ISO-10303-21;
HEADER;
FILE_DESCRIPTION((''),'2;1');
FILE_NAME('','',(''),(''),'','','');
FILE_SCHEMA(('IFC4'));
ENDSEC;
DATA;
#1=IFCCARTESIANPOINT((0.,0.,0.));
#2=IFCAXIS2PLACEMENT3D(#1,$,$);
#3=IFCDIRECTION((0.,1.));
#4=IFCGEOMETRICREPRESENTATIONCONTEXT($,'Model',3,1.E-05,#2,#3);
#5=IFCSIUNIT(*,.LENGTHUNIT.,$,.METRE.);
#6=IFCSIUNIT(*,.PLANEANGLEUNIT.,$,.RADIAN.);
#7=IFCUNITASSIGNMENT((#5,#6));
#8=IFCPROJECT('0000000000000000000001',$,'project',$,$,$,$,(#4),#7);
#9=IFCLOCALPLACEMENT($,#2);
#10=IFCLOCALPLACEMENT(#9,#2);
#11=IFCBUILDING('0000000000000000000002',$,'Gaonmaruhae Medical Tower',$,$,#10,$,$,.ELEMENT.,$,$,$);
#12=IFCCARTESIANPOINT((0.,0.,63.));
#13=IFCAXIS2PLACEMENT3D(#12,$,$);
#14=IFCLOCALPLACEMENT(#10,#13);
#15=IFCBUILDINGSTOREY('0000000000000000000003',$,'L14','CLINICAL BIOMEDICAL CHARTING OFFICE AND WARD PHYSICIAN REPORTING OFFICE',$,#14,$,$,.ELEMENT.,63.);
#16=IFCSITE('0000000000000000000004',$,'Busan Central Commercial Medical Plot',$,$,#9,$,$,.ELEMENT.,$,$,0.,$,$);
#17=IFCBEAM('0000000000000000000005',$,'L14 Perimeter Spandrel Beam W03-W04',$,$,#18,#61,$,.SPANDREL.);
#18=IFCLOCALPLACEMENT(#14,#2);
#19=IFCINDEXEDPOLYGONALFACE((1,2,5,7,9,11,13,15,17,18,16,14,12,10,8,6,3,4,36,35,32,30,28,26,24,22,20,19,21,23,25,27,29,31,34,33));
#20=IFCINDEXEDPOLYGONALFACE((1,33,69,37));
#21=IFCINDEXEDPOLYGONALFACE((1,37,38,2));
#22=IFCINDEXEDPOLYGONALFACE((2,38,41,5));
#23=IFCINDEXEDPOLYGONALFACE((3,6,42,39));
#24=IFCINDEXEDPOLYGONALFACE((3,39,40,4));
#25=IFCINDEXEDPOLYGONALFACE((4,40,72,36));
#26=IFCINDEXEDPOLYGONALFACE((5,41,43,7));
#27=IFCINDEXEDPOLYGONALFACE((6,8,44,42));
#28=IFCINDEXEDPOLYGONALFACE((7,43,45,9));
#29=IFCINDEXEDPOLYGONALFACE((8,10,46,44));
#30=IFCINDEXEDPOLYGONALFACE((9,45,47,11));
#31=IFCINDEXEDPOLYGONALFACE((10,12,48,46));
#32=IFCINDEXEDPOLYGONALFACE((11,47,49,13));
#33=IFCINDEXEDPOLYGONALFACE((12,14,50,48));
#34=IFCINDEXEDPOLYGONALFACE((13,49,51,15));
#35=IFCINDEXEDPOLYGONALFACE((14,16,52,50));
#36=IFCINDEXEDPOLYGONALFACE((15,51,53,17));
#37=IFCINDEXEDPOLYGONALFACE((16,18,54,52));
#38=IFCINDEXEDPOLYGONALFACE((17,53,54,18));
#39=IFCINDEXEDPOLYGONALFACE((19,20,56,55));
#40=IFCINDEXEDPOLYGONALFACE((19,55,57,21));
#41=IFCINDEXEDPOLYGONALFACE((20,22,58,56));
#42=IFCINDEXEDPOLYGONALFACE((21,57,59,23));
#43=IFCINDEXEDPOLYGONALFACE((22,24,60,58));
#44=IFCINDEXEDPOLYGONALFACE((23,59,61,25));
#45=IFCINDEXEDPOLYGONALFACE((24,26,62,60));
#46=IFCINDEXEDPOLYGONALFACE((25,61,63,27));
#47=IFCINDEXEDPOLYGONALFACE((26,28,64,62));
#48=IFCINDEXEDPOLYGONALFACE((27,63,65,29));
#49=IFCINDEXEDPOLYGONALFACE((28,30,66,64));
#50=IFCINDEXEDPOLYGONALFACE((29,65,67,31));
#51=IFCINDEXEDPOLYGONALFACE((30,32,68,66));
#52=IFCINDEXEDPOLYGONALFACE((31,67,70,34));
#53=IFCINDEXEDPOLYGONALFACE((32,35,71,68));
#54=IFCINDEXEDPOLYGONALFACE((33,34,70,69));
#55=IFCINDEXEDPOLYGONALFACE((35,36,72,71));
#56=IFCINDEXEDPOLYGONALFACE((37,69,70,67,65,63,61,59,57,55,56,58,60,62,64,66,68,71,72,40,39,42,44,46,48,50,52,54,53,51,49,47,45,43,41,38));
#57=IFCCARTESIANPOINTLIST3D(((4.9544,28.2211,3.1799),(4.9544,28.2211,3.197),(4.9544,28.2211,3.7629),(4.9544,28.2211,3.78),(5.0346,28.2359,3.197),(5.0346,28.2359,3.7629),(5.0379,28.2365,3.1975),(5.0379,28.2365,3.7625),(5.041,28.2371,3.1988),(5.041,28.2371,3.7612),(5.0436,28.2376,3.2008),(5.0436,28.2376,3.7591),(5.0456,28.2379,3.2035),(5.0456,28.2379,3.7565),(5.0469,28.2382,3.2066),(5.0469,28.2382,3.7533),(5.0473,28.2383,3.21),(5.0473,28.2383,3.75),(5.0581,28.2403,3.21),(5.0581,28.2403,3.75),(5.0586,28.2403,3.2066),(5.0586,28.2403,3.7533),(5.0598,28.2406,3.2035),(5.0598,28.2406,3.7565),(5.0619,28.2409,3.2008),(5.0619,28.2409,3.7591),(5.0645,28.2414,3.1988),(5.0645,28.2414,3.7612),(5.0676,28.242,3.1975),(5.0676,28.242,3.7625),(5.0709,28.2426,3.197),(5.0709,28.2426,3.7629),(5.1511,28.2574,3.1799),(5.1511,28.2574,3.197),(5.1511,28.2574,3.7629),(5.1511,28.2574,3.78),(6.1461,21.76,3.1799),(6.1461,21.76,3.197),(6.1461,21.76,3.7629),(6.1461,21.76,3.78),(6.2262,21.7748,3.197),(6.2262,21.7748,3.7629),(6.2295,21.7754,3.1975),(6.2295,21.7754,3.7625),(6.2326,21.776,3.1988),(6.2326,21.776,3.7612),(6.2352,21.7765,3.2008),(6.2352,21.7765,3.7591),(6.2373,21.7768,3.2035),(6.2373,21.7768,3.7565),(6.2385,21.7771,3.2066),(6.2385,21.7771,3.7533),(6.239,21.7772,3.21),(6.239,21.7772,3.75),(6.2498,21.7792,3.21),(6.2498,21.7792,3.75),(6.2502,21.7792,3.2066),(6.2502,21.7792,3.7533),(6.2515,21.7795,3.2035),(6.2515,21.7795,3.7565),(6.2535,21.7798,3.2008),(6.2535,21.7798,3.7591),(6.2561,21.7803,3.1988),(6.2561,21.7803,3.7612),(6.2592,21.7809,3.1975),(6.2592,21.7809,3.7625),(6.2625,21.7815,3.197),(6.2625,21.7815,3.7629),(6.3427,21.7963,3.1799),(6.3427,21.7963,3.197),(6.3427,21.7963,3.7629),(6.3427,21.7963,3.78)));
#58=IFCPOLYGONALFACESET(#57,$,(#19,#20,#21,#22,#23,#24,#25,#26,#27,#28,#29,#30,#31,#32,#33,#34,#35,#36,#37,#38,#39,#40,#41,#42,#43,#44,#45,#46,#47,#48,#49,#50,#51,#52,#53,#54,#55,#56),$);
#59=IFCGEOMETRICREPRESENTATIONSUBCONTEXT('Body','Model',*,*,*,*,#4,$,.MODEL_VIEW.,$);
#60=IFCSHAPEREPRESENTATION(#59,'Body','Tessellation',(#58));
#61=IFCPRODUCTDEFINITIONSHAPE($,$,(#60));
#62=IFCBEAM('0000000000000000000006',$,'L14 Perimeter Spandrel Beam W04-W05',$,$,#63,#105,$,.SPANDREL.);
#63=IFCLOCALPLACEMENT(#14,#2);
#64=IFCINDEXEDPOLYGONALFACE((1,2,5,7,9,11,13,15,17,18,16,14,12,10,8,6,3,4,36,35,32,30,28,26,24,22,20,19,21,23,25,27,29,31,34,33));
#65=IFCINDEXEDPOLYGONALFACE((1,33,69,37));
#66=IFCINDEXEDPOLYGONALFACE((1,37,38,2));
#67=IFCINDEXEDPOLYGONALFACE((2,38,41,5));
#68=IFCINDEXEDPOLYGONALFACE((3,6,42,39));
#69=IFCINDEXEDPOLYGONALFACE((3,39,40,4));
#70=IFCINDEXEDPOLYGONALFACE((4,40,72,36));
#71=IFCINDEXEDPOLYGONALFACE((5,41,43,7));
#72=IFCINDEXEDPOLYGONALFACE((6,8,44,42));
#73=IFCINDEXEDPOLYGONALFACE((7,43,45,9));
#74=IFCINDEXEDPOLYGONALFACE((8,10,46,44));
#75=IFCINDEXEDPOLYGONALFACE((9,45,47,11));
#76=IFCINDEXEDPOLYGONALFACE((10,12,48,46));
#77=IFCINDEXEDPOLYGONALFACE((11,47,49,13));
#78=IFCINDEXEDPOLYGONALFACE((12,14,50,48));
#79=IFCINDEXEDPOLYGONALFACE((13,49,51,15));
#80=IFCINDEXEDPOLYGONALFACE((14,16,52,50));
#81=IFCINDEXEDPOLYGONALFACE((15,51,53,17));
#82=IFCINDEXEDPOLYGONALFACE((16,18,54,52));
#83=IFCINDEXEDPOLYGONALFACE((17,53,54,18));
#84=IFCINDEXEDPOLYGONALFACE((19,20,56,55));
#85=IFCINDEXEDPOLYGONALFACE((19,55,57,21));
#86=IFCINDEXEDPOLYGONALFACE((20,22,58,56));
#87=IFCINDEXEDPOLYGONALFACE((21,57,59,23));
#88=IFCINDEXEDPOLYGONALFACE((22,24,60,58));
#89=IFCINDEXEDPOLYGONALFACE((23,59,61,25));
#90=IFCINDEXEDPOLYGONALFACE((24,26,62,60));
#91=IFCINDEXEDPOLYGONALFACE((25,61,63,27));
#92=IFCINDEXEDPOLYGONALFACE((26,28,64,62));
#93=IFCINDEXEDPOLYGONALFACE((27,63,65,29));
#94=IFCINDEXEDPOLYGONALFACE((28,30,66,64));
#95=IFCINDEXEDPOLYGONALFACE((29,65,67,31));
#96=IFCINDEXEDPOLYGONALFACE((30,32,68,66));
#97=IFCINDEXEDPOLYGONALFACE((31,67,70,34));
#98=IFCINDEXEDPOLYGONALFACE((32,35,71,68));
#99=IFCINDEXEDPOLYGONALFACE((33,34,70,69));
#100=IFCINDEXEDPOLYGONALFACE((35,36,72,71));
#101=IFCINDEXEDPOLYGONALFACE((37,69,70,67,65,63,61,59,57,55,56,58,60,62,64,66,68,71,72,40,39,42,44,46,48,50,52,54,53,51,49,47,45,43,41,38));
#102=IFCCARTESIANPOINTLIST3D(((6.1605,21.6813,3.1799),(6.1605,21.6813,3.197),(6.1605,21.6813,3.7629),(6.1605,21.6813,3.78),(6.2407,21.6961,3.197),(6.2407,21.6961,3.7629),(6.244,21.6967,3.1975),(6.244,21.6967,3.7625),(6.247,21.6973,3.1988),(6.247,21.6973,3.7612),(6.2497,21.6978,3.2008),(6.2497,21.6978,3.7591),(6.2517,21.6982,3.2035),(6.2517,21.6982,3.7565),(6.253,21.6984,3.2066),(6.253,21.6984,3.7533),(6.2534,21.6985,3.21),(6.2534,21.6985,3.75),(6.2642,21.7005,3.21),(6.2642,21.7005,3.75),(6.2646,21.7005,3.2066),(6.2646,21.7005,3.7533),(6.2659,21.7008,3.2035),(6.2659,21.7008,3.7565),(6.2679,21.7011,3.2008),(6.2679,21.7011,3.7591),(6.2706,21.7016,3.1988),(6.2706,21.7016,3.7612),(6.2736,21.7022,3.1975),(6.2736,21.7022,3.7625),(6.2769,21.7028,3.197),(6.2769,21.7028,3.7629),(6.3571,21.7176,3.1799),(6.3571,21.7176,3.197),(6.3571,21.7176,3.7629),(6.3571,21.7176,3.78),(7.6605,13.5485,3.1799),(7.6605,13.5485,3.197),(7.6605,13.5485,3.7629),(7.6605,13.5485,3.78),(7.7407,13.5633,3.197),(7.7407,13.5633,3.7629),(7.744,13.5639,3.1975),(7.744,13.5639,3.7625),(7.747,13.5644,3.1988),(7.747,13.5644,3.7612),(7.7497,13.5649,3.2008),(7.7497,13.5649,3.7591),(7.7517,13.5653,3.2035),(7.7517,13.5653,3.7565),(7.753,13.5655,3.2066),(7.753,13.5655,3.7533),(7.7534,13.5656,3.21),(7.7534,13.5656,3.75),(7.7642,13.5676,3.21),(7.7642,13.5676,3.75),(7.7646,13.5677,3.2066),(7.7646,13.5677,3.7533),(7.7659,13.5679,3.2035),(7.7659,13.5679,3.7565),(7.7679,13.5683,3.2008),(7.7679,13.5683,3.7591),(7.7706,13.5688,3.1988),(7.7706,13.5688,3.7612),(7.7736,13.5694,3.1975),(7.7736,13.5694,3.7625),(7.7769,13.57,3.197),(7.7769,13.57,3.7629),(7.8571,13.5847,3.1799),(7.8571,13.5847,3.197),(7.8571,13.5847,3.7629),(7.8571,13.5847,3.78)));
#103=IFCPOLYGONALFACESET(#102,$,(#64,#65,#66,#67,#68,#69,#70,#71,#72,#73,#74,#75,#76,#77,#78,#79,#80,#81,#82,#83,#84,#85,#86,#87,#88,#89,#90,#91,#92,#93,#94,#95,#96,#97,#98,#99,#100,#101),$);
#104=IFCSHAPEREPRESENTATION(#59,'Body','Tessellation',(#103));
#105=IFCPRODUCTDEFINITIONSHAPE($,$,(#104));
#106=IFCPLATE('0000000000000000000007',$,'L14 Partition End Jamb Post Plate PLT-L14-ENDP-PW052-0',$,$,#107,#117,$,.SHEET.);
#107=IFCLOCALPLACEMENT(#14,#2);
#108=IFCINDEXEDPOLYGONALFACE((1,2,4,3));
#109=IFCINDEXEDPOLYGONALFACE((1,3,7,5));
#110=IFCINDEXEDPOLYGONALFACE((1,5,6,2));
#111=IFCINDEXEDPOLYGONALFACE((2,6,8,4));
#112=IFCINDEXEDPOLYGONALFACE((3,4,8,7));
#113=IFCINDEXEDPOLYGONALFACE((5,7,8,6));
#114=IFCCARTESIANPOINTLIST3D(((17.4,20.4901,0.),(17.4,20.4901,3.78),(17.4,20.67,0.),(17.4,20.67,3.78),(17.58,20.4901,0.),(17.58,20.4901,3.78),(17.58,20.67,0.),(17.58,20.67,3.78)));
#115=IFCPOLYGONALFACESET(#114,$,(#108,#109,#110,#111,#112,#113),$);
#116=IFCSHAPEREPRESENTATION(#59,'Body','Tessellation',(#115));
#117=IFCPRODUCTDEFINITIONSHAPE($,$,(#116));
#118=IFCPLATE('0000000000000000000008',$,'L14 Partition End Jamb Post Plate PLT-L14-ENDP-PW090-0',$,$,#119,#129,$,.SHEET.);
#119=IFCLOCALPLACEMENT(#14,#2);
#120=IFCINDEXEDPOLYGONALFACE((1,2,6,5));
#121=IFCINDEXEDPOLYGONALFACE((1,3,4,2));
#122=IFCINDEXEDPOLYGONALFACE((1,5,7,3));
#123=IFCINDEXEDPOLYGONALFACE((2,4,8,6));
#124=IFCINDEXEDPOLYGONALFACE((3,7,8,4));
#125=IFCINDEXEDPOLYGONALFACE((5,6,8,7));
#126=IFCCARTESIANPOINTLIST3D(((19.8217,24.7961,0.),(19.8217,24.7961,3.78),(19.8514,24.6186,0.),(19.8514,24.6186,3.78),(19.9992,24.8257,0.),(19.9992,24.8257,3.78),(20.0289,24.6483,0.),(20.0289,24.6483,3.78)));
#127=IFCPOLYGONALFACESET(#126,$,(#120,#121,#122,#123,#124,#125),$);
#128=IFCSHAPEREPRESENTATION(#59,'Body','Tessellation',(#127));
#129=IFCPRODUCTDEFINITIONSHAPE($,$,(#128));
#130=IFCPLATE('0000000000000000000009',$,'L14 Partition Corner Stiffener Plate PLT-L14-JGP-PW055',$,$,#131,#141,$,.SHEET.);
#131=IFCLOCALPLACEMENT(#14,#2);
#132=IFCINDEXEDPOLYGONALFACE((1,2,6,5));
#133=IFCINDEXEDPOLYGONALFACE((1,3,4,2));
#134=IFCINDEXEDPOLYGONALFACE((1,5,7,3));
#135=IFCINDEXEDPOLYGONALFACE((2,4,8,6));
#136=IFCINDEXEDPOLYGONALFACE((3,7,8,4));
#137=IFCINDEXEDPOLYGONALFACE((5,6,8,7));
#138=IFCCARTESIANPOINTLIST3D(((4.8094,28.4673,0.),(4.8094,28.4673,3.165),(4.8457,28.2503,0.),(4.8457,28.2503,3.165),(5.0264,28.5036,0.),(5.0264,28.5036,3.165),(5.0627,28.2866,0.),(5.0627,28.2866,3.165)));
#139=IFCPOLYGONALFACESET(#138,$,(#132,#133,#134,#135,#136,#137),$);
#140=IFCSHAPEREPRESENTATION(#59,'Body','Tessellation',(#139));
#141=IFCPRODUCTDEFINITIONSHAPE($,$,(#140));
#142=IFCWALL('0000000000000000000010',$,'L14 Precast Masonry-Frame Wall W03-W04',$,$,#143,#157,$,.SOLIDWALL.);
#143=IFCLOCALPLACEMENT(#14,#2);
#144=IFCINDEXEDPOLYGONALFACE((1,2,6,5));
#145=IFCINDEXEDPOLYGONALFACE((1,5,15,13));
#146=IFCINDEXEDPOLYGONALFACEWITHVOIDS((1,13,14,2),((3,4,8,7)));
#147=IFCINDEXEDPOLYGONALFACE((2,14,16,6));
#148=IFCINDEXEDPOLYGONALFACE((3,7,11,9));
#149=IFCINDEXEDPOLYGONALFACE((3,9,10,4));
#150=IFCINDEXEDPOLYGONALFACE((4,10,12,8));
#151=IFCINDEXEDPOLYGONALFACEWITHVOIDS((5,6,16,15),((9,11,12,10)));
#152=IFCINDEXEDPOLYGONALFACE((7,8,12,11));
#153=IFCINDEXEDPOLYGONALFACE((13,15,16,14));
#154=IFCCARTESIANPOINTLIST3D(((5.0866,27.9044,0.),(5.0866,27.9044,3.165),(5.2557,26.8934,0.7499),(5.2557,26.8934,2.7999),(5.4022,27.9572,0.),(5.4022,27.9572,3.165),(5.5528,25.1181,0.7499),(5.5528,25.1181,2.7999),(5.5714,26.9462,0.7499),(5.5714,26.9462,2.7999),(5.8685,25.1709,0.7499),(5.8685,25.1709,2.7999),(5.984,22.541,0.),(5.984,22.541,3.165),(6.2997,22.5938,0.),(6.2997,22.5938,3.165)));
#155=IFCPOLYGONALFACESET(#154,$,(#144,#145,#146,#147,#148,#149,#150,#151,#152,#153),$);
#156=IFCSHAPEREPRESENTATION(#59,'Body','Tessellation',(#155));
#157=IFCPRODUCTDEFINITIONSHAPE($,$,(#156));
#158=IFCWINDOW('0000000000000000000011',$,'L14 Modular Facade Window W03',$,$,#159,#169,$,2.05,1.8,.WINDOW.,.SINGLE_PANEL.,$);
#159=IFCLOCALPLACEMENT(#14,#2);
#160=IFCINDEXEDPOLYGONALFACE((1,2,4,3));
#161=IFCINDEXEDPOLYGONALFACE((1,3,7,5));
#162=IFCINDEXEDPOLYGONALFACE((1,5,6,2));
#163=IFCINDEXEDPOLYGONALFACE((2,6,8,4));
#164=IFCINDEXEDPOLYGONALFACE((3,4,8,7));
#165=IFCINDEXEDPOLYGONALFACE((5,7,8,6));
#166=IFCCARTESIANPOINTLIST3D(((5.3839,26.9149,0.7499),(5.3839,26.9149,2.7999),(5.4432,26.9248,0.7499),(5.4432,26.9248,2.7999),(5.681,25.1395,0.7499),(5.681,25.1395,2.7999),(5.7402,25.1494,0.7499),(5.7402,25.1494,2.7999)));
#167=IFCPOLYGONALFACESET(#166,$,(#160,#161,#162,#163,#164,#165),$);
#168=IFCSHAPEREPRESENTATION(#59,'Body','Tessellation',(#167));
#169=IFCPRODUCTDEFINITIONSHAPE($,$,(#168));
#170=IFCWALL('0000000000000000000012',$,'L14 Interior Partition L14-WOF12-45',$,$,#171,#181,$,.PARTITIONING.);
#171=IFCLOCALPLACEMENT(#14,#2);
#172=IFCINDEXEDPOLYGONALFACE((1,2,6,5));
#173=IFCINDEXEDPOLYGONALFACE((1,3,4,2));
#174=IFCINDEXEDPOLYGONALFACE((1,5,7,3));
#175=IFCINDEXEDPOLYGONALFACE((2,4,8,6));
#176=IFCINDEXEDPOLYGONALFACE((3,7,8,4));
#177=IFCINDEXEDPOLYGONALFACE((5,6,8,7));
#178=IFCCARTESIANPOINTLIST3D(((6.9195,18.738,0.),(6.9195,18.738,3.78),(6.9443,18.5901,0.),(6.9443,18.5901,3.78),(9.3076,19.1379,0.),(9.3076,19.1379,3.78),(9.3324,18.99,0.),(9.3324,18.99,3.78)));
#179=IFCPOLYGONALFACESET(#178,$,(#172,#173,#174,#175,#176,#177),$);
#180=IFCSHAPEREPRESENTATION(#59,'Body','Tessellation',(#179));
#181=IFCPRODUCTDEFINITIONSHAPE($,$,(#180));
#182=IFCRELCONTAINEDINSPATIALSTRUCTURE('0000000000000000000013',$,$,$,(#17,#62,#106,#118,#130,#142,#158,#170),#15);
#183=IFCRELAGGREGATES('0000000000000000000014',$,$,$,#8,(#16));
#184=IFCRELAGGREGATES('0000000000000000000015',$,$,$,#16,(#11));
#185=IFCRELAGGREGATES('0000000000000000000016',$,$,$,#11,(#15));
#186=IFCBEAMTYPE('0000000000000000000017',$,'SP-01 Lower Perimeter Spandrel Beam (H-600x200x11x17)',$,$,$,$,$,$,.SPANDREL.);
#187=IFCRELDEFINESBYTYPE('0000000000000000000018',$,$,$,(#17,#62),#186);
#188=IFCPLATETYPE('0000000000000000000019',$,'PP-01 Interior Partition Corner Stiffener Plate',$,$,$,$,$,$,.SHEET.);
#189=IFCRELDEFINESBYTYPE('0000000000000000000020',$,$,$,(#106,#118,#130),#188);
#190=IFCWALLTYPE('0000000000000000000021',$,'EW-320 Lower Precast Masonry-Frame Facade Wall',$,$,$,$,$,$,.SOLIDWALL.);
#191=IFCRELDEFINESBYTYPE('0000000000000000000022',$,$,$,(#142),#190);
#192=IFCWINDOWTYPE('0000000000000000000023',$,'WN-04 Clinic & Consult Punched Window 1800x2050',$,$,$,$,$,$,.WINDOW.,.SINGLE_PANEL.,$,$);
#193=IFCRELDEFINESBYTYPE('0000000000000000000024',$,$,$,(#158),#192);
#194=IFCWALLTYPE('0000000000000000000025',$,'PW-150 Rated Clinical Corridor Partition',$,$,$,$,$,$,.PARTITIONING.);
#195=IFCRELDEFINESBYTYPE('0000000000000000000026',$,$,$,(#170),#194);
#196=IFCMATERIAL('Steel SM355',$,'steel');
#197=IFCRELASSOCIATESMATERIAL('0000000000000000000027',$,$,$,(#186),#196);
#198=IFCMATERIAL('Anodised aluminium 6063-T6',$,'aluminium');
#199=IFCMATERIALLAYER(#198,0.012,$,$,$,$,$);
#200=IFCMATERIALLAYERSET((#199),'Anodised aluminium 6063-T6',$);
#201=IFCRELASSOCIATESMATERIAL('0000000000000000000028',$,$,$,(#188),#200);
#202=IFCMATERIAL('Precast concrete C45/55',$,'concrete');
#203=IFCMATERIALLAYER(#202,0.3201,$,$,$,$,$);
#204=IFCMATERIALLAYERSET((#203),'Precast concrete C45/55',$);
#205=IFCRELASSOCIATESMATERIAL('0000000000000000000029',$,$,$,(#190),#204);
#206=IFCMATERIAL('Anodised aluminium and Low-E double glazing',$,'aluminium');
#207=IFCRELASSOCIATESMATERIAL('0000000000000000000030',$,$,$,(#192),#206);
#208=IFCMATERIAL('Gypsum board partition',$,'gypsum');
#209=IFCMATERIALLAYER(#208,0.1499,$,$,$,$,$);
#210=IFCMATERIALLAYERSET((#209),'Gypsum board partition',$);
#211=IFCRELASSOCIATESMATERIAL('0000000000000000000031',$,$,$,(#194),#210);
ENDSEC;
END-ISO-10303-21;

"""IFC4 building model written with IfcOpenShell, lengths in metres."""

from ifc_helpers import new_model, si_unit, direction, frame, frame_2d, origin, origin_2d, place, context, subcontext, project, spatial, rectangle, i_section, extrude, material, layer, layer_set, material_profile, profile_set, type_object, element, fill, save


model = new_model("IFC4")

# Units and contexts
model_context = context("Model", 3, precision=1e-05, world=origin(), true_north=direction((0.0, 1.0)))
body_context = subcontext(model_context, "Body", "Model", "MODEL_VIEW")
ifc_project = project(units=[si_unit("LENGTHUNIT", "METRE"), si_unit("PLANEANGLEUNIT", "RADIAN")], contexts=[model_context])

# Site, building, storey
site_placement = place(None, origin())
site = spatial("IfcSite", under=ifc_project, at=site_placement, Name="Busan Central Commercial Medical Plot", CompositionType="ELEMENT", RefElevation=0.0)
building_placement = place(site_placement, origin())
building = spatial("IfcBuilding", under=site, at=building_placement, Name="Gaonmaruhae Medical Tower", CompositionType="ELEMENT")
storey_placement = place(building_placement, frame((0.0, 0.0, 63.0)))
storey = spatial("IfcBuildingStorey", under=building, at=storey_placement, Name="L14", Description="CLINICAL BIOMEDICAL CHARTING OFFICE AND WARD PHYSICIAN REPORTING OFFICE", CompositionType="ELEMENT", Elevation=63.0)

# Beams
ifc_material_1 = material(Name="Steel SM355", Category="steel")
ifc_material_profile_1 = material_profile(ifc_material_1, i_section(OverallWidth=0.2, OverallDepth=0.6001, WebThickness=0.011, FlangeThickness=0.0171, FilletRadius=0.0129, at=origin_2d()), Name="H-600x200x11x17")
ifc_profile_set_1 = profile_set([ifc_material_profile_1], Name="Steel SM355")
beam_type_1 = type_object("IfcBeamType", Name="SP-01 Lower Perimeter Spandrel Beam (H-600x200x11x17)", PredefinedType="SPANDREL", material=ifc_profile_set_1)
beam_1_placement = place(storey_placement, frame((5.0527, 28.2393, 3.48), z_axis=(0.181373, -0.983414, 0.0), x_axis=(0.983414, 0.181373, 0.0)))
element("IfcBeam", 1, at=beam_1_placement, inside=storey, type_object=beam_type_1, Name="L14 Perimeter Spandrel Beam W03-W04", PredefinedType="SPANDREL", context=body_context, shape_type="SweptSolid", body=[
    extrude(i_section(OverallWidth=0.2, OverallDepth=0.6001, WebThickness=0.011, FlangeThickness=0.0171, FilletRadius=0.0129, at=origin_2d()), origin(), (0.0, 0.0, 1.0), 6.5701),
])
beam_2_placement = place(storey_placement, frame((6.2588, 21.6995, 3.48), z_axis=(0.181379, -0.983413, 0.0), x_axis=(0.983413, 0.181379, 0.0)))
element("IfcBeam", 2, at=beam_2_placement, inside=storey, type_object=beam_type_1, Name="L14 Perimeter Spandrel Beam W04-W05", PredefinedType="SPANDREL", context=body_context, shape_type="SweptSolid", body=[
    extrude(i_section(OverallWidth=0.2, OverallDepth=0.6001, WebThickness=0.011, FlangeThickness=0.0171, FilletRadius=0.0129, at=origin_2d()), origin(), (0.0, 0.0, 1.0), 8.27),
])

# Plates
ifc_material_2 = material(Name="Anodised aluminium 6063-T6", Category="aluminium")
ifc_layer_1 = layer(ifc_material_2, 0.012)
ifc_layer_set_1 = layer_set([ifc_layer_1], Name="Anodised aluminium 6063-T6")
plate_type = type_object("IfcPlateType", Name="PP-01 Interior Partition Corner Stiffener Plate", PredefinedType="SHEET", material=ifc_layer_set_1)
for number, where, z_axis, x_axis, name in (
    (3, (17.49, 20.5801, 0.0), (0.0, 0.0, 1.0), (-1.0, 0.0, 0.0), "L14 Partition End Jamb Post Plate PLT-L14-ENDP-PW052-0"),
    (4, (19.9253, 24.7222, 0.0), (0.0, 0.0, 1.0), (-0.16503, 0.986288, 0.0), "L14 Partition End Jamb Post Plate PLT-L14-ENDP-PW090-0"),
):
    element("IfcPlate", number, at=place(storey_placement, frame(where, z_axis=z_axis, x_axis=x_axis)), inside=storey, type_object=plate_type, Name=name, PredefinedType="SHEET", context=body_context, shape_type="SweptSolid", body=[
        extrude(rectangle(XDim=0.1799, YDim=0.1799, at=origin_2d()), origin(), (0.0, 0.0, 1.0), 3.78),
    ])
plate_placement = place(storey_placement, frame((4.936, 28.377, 0.0), z_axis=(0.0, 0.0, 1.0), x_axis=(-0.165065, 0.986283, 0.0)))
element("IfcPlate", 5, at=plate_placement, inside=storey, type_object=plate_type, Name="L14 Partition Corner Stiffener Plate PLT-L14-JGP-PW055", PredefinedType="SHEET", context=body_context, shape_type="SweptSolid", body=[
    extrude(rectangle(XDim=0.22, YDim=0.22, at=origin_2d()), origin(), (0.0, 0.0, 1.0), 3.165),
])

# Wall, opening, window
ifc_material_3 = material(Name="Precast concrete C45/55", Category="concrete")
ifc_layer_2 = layer(ifc_material_3, 0.3201)
ifc_layer_set_2 = layer_set([ifc_layer_2], Name="Precast concrete C45/55")
wall_type_1 = type_object("IfcWallType", Name="EW-320 Lower Precast Masonry-Frame Facade Wall", PredefinedType="SOLIDWALL", material=ifc_layer_set_2)
wall_1_placement = place(storey_placement, frame((6.1418, 22.5674, 0.0), z_axis=(0.0, 0.0, 1.0), x_axis=(-0.165032, 0.986288, 0.0)))
wall_1 = element("IfcWall", 6, at=wall_1_placement, inside=storey, type_object=wall_type_1, Name="L14 Precast Masonry-Frame Wall W03-W04", PredefinedType="SOLIDWALL", context=body_context, shape_type="SweptSolid", body=[
    extrude(rectangle(XDim=5.438, YDim=0.3201, at=frame_2d((2.719, 0.0))), origin(), (0.0, 0.0, 1.0), 3.165),
])
opening_1_placement = place(wall_1_placement, frame((2.613, 0.0, 0.75)))
opening_1 = element("IfcOpeningElement", 7, at=opening_1_placement, cuts=wall_1, PredefinedType="OPENING", context=body_context, shape_type="SweptSolid", body=[
    extrude(rectangle(XDim=1.8, YDim=2.05, at=frame_2d((0.8999, 1.0249))), frame((0.0, 0.1699, 0.0), z_axis=(0.0, -1.0, 0.0), x_axis=(1.0, 0.0, 0.0)), (0.0, 0.0, 1.0), 0.3401),
])
ifc_material_4 = material(Name="Anodised aluminium and Low-E double glazing", Category="aluminium")
window_type = type_object("IfcWindowType", Name="WN-04 Clinic & Consult Punched Window 1800x2050", PartitioningType="SINGLE_PANEL", PredefinedType="WINDOW", material=ifc_material_4)
window_placement = place(opening_1_placement, origin())
window = element("IfcWindow", 8, at=window_placement, inside=storey, type_object=window_type, Name="L14 Modular Facade Window W03", OverallHeight=2.05, OverallWidth=1.8, PartitioningType="SINGLE_PANEL", PredefinedType="WINDOW", context=body_context, shape_type="SweptSolid", body=[
    extrude(rectangle(XDim=1.8, YDim=2.05, at=frame_2d((0.8999, 1.0249))), frame((0.0, 0.03, 0.0), z_axis=(0.0, -1.0, 0.0), x_axis=(1.0, 0.0, 0.0)), (0.0, 0.0, 1.0), 0.0601),
])
fill(opening_1, window)

# Wall
ifc_material_5 = material(Name="Gypsum board partition", Category="gypsum")
ifc_layer_3 = layer(ifc_material_5, 0.1499)
ifc_layer_set_3 = layer_set([ifc_layer_3], Name="Gypsum board partition")
wall_type_2 = type_object("IfcWallType", Name="PW-150 Rated Clinical Corridor Partition", PredefinedType="PARTITIONING", material=ifc_layer_set_3)
wall_2_placement = place(storey_placement, frame((6.9319, 18.6641, 0.0), z_axis=(0.0, 0.0, 1.0), x_axis=(0.986268, 0.165151, 0.0)))
element("IfcWall", 9, at=wall_2_placement, inside=storey, type_object=wall_type_2, Name="L14 Interior Partition L14-WOF12-45", PredefinedType="PARTITIONING", context=body_context, shape_type="SweptSolid", body=[
    extrude(rectangle(XDim=2.4214, YDim=0.1499, at=frame_2d((1.2107, 0.0))), origin(), (0.0, 0.0, 1.0), 3.78),
])

save(model, "model.ifc")
